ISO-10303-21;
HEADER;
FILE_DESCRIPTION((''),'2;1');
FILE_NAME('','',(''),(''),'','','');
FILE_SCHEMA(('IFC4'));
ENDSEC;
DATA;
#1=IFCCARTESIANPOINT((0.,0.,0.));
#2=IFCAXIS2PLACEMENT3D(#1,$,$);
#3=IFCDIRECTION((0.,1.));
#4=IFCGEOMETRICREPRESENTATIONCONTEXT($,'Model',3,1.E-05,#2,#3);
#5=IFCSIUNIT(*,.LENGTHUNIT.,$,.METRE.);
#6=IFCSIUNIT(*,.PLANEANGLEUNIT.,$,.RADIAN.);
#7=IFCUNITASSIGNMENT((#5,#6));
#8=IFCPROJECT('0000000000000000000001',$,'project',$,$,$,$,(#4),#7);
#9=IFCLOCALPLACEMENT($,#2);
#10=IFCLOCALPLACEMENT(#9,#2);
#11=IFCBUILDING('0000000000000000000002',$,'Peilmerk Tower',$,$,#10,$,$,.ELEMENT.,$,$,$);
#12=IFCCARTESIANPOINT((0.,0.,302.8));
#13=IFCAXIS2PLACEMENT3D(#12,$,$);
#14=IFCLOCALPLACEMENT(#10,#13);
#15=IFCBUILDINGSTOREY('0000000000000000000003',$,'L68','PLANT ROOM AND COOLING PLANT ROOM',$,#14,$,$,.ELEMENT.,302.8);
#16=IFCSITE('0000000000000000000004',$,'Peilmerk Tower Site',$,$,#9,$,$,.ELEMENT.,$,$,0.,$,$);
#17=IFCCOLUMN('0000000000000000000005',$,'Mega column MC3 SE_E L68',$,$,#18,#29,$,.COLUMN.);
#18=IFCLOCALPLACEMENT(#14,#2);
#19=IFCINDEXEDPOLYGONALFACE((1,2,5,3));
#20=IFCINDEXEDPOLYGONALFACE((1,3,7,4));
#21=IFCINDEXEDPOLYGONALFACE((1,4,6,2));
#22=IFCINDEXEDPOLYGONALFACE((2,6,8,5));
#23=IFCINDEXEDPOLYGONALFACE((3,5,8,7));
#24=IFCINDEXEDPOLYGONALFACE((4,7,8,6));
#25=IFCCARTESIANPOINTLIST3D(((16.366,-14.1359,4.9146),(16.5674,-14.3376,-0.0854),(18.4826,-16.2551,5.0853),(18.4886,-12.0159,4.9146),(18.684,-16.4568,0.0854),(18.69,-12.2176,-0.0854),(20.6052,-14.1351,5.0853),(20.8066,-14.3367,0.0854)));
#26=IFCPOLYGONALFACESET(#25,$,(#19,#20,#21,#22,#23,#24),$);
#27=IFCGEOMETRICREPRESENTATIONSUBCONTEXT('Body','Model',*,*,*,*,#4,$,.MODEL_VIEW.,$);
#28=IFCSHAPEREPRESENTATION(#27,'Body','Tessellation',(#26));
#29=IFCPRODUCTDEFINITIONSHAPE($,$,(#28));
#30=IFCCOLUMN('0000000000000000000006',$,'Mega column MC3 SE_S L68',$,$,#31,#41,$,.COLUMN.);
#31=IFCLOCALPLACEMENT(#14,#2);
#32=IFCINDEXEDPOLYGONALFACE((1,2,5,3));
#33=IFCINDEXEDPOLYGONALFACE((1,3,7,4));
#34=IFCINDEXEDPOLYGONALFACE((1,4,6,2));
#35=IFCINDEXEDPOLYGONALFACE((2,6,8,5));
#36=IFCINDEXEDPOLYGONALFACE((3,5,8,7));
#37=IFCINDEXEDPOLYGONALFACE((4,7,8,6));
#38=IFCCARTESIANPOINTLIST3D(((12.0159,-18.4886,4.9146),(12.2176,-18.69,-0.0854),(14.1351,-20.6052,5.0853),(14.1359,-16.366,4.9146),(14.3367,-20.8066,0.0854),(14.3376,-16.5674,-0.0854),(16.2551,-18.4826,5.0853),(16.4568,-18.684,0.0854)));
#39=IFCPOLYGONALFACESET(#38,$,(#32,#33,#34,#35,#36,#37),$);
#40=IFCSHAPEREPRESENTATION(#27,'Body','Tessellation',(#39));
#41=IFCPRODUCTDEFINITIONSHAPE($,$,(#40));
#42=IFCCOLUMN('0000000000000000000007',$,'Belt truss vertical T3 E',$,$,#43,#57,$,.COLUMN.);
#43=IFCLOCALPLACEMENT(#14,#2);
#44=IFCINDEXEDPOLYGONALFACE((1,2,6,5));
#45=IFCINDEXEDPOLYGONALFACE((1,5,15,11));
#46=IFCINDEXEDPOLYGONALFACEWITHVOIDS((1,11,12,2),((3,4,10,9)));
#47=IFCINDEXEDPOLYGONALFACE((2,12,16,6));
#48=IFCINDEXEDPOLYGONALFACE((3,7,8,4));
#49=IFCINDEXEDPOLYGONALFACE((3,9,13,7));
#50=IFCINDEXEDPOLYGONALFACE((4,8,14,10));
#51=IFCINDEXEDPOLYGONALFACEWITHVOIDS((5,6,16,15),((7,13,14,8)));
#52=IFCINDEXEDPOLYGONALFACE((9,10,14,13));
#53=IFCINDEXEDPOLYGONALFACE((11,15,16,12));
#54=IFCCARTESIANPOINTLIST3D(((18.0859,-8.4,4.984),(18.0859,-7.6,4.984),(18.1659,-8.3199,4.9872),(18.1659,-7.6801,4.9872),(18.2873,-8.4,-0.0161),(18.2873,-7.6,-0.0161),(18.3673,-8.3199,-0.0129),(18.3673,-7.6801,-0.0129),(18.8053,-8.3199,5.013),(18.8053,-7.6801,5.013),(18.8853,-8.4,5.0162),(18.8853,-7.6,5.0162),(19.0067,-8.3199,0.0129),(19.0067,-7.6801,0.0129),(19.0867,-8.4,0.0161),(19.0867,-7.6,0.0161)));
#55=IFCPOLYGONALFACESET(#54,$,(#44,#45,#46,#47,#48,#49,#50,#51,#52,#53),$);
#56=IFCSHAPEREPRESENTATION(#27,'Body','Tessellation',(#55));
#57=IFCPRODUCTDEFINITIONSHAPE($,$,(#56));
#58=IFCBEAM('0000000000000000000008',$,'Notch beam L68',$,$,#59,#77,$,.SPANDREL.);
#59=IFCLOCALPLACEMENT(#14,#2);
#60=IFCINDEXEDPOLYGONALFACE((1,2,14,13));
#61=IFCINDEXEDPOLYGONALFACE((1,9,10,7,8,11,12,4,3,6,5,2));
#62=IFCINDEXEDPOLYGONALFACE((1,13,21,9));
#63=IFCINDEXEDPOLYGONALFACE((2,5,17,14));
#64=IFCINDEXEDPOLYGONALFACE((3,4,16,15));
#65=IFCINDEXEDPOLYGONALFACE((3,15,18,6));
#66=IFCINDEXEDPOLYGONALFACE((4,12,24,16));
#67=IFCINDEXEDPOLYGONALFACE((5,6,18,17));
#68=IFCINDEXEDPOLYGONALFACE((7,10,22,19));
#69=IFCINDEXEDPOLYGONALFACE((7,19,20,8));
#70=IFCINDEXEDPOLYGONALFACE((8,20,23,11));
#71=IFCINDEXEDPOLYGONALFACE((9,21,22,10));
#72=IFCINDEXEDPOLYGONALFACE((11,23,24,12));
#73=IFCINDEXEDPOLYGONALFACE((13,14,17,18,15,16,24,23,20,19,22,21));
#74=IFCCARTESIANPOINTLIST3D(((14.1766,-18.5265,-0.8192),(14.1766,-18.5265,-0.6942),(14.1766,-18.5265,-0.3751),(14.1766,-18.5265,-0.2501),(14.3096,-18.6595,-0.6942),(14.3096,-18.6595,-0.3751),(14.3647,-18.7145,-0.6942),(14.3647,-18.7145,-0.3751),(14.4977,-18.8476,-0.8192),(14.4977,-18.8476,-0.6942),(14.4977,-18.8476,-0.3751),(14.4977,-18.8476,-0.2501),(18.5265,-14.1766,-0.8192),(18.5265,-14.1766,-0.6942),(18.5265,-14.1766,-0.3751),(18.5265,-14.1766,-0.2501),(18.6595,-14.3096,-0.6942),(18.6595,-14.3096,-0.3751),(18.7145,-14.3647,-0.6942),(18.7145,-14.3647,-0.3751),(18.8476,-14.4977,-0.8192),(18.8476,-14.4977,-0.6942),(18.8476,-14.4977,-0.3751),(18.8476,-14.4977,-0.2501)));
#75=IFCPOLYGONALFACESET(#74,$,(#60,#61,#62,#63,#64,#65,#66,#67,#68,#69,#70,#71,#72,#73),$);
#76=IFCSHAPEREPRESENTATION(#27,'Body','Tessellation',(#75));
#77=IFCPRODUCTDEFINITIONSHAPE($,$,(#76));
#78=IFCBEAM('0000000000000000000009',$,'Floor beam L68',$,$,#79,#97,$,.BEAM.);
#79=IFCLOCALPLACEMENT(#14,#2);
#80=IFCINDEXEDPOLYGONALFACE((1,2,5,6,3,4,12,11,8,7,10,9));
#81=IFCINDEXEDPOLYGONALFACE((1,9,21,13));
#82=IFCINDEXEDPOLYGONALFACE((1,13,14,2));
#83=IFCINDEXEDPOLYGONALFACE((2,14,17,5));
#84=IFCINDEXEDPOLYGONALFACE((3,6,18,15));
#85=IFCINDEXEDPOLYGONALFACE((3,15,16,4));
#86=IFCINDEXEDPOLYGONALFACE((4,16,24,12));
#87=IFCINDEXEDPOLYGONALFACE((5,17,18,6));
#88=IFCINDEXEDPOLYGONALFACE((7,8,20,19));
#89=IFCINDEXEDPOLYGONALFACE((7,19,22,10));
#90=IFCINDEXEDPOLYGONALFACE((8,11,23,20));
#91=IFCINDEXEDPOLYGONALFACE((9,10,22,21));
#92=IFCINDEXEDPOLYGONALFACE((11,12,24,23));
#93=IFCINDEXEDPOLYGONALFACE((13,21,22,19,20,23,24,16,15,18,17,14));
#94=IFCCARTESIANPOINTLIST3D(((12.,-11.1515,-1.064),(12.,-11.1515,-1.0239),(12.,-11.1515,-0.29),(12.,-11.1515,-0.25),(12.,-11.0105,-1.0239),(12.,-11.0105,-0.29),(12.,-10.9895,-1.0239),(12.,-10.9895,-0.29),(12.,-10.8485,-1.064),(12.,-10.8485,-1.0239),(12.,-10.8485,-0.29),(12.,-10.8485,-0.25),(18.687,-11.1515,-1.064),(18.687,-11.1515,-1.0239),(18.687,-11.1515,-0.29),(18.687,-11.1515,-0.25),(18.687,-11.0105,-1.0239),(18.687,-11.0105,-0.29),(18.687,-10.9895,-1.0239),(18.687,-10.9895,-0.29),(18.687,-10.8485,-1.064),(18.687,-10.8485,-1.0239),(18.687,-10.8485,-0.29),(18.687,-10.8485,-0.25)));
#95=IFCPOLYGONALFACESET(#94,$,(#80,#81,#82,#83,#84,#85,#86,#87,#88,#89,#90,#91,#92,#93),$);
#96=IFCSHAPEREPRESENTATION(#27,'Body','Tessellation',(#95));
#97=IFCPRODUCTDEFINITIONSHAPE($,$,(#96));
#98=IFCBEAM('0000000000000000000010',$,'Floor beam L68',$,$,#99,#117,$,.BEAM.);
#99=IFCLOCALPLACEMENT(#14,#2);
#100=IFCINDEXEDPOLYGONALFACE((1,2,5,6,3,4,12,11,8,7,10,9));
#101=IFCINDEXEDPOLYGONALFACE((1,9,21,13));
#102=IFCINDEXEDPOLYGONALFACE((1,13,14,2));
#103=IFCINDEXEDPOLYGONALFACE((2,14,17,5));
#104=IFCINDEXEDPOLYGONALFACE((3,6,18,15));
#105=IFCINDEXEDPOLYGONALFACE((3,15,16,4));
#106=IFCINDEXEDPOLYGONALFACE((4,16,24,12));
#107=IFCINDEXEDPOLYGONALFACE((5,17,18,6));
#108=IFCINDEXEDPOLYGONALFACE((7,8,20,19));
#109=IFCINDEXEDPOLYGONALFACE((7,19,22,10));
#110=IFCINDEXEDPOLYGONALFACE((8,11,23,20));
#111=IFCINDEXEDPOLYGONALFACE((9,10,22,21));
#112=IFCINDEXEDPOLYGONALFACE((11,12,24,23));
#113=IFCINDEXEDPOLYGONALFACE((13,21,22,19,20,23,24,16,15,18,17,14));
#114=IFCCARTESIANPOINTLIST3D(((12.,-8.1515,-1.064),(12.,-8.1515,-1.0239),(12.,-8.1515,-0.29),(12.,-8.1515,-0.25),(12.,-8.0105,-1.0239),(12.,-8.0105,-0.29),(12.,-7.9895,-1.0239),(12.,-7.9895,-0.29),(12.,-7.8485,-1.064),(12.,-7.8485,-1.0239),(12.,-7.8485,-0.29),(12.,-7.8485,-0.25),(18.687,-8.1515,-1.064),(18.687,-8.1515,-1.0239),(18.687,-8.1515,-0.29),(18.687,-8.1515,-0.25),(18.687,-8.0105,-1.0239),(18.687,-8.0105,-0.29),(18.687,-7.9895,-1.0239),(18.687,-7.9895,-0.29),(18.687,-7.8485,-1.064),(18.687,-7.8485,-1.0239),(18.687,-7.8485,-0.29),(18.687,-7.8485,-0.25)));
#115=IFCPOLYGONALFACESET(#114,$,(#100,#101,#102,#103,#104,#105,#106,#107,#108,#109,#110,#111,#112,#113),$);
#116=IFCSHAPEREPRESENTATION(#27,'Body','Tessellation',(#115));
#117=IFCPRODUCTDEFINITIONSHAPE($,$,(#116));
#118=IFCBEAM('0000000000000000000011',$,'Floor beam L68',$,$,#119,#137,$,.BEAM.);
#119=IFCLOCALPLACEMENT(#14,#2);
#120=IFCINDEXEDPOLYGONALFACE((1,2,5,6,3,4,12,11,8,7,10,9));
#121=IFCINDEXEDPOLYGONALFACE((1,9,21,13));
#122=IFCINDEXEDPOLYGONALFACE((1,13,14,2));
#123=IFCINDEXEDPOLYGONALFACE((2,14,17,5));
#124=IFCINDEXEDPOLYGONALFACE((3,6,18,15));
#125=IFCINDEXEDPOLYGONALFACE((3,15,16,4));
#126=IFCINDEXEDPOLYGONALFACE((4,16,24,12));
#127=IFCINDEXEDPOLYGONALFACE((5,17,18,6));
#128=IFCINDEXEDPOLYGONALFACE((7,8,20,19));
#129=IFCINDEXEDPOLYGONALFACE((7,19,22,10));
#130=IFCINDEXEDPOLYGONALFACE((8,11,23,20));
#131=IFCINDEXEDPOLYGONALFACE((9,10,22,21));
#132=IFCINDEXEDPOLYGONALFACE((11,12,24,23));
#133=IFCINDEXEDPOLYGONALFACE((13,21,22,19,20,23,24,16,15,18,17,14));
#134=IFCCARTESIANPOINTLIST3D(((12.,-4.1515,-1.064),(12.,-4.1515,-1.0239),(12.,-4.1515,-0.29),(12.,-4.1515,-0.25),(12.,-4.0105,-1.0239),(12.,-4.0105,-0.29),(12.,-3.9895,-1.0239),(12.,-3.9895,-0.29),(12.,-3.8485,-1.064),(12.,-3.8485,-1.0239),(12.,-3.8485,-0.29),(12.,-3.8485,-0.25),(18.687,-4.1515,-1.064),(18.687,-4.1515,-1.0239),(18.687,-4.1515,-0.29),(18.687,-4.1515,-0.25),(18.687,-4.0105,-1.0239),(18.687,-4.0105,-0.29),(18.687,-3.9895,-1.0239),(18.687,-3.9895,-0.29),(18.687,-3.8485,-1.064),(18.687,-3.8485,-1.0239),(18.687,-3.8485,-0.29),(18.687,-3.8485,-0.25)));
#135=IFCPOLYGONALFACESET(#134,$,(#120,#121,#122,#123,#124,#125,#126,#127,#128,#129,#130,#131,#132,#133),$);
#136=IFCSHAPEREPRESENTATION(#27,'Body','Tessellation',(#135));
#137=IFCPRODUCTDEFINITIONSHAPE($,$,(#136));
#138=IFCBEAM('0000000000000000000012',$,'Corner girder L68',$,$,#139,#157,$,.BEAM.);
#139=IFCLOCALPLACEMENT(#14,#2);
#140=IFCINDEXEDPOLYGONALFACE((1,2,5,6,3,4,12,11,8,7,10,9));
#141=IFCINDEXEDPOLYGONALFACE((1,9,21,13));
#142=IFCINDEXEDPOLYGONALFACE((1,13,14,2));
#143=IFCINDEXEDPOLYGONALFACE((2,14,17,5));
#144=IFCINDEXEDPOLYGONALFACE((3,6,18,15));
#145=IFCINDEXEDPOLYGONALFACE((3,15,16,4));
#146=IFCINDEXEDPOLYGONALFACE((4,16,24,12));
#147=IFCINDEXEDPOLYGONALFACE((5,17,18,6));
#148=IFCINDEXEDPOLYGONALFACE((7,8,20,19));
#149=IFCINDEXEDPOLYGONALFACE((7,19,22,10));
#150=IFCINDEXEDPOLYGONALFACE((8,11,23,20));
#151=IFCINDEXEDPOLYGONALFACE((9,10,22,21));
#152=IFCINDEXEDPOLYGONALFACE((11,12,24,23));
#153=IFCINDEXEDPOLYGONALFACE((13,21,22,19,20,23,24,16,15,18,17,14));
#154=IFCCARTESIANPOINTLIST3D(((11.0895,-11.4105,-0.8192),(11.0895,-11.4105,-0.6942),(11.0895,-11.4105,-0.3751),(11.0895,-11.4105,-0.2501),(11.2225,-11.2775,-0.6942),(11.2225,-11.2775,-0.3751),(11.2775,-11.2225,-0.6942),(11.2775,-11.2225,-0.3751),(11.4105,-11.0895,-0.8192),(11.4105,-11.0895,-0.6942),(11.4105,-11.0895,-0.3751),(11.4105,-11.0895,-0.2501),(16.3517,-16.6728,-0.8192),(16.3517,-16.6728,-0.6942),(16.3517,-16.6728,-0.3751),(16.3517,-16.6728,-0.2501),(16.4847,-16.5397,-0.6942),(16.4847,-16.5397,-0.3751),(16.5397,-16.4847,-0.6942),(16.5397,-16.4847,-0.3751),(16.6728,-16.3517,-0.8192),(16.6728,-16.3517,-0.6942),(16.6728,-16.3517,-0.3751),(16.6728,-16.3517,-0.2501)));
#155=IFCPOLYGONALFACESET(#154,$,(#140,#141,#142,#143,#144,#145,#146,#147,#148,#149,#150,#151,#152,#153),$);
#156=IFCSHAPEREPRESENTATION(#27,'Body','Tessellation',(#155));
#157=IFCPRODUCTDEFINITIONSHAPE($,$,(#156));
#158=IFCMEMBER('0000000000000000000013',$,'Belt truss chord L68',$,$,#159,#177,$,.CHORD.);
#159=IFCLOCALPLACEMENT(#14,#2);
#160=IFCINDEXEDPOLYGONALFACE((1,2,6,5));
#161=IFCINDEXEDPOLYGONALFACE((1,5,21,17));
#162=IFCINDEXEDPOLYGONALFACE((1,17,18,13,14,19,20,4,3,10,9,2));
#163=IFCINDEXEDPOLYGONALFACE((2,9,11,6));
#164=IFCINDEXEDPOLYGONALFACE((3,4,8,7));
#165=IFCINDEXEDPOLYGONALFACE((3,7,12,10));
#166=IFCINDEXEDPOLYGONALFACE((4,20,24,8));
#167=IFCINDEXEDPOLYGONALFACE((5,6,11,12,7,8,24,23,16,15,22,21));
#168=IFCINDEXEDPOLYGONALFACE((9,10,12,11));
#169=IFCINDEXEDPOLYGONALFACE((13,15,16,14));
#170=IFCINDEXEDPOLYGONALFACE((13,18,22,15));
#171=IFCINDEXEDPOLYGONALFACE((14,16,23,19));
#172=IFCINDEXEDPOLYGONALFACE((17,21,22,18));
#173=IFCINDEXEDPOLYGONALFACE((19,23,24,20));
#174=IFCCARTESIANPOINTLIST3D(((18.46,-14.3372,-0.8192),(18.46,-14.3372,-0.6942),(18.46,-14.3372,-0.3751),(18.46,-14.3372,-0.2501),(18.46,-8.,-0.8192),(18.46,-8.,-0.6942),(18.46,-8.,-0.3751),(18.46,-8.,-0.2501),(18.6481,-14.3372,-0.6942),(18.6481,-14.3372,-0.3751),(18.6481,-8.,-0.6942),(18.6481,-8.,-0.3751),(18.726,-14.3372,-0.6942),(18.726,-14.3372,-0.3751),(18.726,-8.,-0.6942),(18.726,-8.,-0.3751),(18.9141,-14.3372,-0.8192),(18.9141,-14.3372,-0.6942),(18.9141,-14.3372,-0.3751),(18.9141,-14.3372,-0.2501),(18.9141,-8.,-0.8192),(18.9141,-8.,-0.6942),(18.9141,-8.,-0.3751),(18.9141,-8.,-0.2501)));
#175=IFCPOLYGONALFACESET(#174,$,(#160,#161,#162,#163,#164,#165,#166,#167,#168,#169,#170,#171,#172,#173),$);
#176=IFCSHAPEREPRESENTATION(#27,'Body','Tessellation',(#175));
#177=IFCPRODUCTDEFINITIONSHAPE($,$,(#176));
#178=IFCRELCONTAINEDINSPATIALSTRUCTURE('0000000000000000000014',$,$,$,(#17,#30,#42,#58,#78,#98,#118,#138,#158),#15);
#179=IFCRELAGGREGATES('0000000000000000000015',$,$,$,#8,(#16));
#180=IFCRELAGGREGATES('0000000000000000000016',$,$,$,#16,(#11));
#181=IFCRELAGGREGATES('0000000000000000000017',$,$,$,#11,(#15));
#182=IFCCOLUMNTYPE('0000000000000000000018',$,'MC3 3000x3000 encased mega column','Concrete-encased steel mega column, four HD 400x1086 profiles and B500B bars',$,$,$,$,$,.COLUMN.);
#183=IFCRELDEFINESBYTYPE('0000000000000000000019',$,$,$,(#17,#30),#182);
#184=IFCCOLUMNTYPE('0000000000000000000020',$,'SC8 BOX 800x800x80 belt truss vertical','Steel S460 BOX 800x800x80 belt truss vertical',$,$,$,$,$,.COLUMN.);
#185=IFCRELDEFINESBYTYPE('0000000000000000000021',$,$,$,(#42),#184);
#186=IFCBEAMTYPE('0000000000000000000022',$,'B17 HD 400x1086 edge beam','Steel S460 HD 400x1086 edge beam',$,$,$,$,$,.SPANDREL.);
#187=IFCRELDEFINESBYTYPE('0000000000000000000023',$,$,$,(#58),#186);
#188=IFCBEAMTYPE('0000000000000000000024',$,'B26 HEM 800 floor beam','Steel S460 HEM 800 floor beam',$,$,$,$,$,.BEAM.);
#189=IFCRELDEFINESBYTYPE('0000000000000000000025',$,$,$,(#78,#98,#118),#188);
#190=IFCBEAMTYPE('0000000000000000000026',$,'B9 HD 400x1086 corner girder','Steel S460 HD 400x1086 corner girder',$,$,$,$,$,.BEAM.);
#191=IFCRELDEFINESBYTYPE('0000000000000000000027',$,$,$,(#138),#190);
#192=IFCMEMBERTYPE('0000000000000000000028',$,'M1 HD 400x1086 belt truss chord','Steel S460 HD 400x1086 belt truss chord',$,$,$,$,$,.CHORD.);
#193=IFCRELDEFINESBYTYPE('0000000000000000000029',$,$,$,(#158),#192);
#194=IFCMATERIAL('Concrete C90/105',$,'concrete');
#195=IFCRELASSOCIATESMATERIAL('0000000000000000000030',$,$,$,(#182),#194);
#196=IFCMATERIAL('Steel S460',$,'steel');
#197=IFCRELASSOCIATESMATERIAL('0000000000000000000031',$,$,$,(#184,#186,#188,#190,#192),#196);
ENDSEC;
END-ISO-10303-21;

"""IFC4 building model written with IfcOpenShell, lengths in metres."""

from ifc_helpers import new_model, si_unit, direction, frame, origin, origin_2d, place, context, subcontext, project, spatial, rectangle, hollow_rectangle, i_section, extrude, material, material_profile, profile_set, type_object, element, save


model = new_model("IFC4")

# Units and contexts
model_context = context("Model", 3, precision=1e-05, world=origin(), true_north=direction((0.0, 1.0)))
body_context = subcontext(model_context, "Body", "Model", "MODEL_VIEW")
ifc_project = project(units=[si_unit("LENGTHUNIT", "METRE"), si_unit("PLANEANGLEUNIT", "RADIAN")], contexts=[model_context])

# Site, building, storey
site_placement = place(None, origin())
site = spatial("IfcSite", under=ifc_project, at=site_placement, Name="Peilmerk Tower Site", CompositionType="ELEMENT", RefElevation=0.0)
building_placement = place(site_placement, origin())
building = spatial("IfcBuilding", under=site, at=building_placement, Name="Peilmerk Tower", CompositionType="ELEMENT")
storey_placement = place(building_placement, frame((0.0, 0.0, 302.8)))
storey = spatial("IfcBuildingStorey", under=building, at=storey_placement, Name="L68", Description="PLANT ROOM AND COOLING PLANT ROOM", CompositionType="ELEMENT", Elevation=302.8)

# Columns
ifc_material_1 = material(Name="Concrete C90/105", Category="concrete")
ifc_material_profile_1 = material_profile(ifc_material_1, rectangle(XDim=3.0, YDim=3.0, at=origin_2d()), Name="RC 3000x3000")
ifc_profile_set_1 = profile_set([ifc_material_profile_1], Name="Concrete C90/105")
column_type_1 = type_object("IfcColumnType", Name="MC3 3000x3000 encased mega column", Description="Concrete-encased steel mega column, four HD 400x1086 profiles and B500B bars", PredefinedType="COLUMN", material=ifc_profile_set_1)
for number, where, z_axis, x_axis, name in (
    (1, (18.687, -14.3372, 0.0), (-0.040218, 0.040267, 0.998379), (-0.707535, -0.706678, 0.0), "Mega column MC3 SE_E L68"),
    (2, (14.3372, -18.687, 0.0), (-0.040267, 0.040218, 0.998379), (-0.706678, -0.707535, 0.0), "Mega column MC3 SE_S L68"),
):
    element("IfcColumn", number, at=place(storey_placement, frame(where, z_axis=z_axis, x_axis=x_axis)), inside=storey, type_object=column_type_1, Name=name, PredefinedType="COLUMN", context=body_context, shape_type="SweptSolid", body=[
        extrude(rectangle(XDim=3.0, YDim=3.0, at=origin_2d()), origin(), (0.0, 0.0, 1.0), 5.0081),
    ])
ifc_material_2 = material(Name="Steel S460", Category="steel")
ifc_material_profile_2 = material_profile(ifc_material_2, hollow_rectangle(XDim=0.8, YDim=0.8, WallThickness=0.0801, at=origin_2d()), Name="BOX 800x800x80")
ifc_profile_set_2 = profile_set([ifc_material_profile_2], Name="Steel S460")
column_type_2 = type_object("IfcColumnType", Name="SC8 BOX 800x800x80 belt truss vertical", Description="Steel S460 BOX 800x800x80 belt truss vertical", PredefinedType="COLUMN", material=ifc_profile_set_2)
column_placement = place(storey_placement, frame((18.687, -8.0, 0.0), z_axis=(-0.040251, 0.0, 0.99919), x_axis=(0.0, -1.0, 0.0)))
element("IfcColumn", 3, at=column_placement, inside=storey, type_object=column_type_2, Name="Belt truss vertical T3 E", PredefinedType="COLUMN", context=body_context, shape_type="SweptSolid", body=[
    extrude(hollow_rectangle(XDim=0.8, YDim=0.8, WallThickness=0.0801, at=origin_2d()), origin(), (0.0, 0.0, 1.0), 5.0042),
])

# Beams
ifc_material_profile_3 = material_profile(ifc_material_2, i_section(OverallWidth=0.4541, OverallDepth=0.5691, WebThickness=0.0779, FlangeThickness=0.125, at=origin_2d()), Name="HD 400x1086")
ifc_profile_set_3 = profile_set([ifc_material_profile_3], Name="Steel S460")
beam_type_1 = type_object("IfcBeamType", Name="B17 HD 400x1086 edge beam", Description="Steel S460 HD 400x1086 edge beam", PredefinedType="SPANDREL", material=ifc_profile_set_3)
beam_1_placement = place(storey_placement, frame((18.687, -14.3372, -0.5347), z_axis=(-0.707107, -0.707107, 0.0), x_axis=(0.707107, -0.707107, 0.0)))
element("IfcBeam", 4, at=beam_1_placement, inside=storey, type_object=beam_type_1, Name="Notch beam L68", PredefinedType="SPANDREL", context=body_context, shape_type="SweptSolid", body=[
    extrude(i_section(OverallWidth=0.4541, OverallDepth=0.5691, WebThickness=0.0779, FlangeThickness=0.125, at=origin_2d()), origin(), (0.0, 0.0, 1.0), 6.1516),
])
ifc_material_profile_4 = material_profile(ifc_material_2, i_section(OverallWidth=0.303, OverallDepth=0.814, WebThickness=0.021, FlangeThickness=0.04, at=origin_2d()), Name="HEM 800")
ifc_profile_set_4 = profile_set([ifc_material_profile_4], Name="Steel S460")
beam_type_2 = type_object("IfcBeamType", Name="B26 HEM 800 floor beam", Description="Steel S460 HEM 800 floor beam", PredefinedType="BEAM", material=ifc_profile_set_4)
for number, where, z_axis, x_axis, name in (
    (5, (12.0, -11.0, -0.657), (1.0, 0.0, 0.0), (0.0, 1.0, 0.0), "Floor beam L68"),
    (6, (12.0, -8.0, -0.657), (1.0, 0.0, 0.0), (0.0, 1.0, 0.0), "Floor beam L68"),
    (7, (12.0, -4.0, -0.657), (1.0, 0.0, 0.0), (0.0, 1.0, 0.0), "Floor beam L68"),
):
    element("IfcBeam", number, at=place(storey_placement, frame(where, z_axis=z_axis, x_axis=x_axis)), inside=storey, type_object=beam_type_2, Name=name, PredefinedType="BEAM", context=body_context, shape_type="SweptSolid", body=[
        extrude(i_section(OverallWidth=0.303, OverallDepth=0.814, WebThickness=0.021, FlangeThickness=0.04, at=origin_2d()), origin(), (0.0, 0.0, 1.0), 6.687),
    ])
ifc_material_profile_5 = material_profile(ifc_material_2, i_section(OverallWidth=0.4541, OverallDepth=0.5691, WebThickness=0.0779, FlangeThickness=0.125, at=origin_2d()), Name="HD 400x1086")
ifc_profile_set_5 = profile_set([ifc_material_profile_5], Name="Steel S460")
beam_type_3 = type_object("IfcBeamType", Name="B9 HD 400x1086 corner girder", Description="Steel S460 HD 400x1086 corner girder", PredefinedType="BEAM", material=ifc_profile_set_5)
beam_2_placement = place(storey_placement, frame((11.25, -11.25, -0.5347), z_axis=(0.707107, -0.707107, 0.0), x_axis=(0.707107, 0.707107, 0.0)))
element("IfcBeam", 8, at=beam_2_placement, inside=storey, type_object=beam_type_3, Name="Corner girder L68", PredefinedType="BEAM", context=body_context, shape_type="SweptSolid", body=[
    extrude(i_section(OverallWidth=0.4541, OverallDepth=0.5691, WebThickness=0.0779, FlangeThickness=0.125, at=origin_2d()), origin(), (0.0, 0.0, 1.0), 7.4419),
])

# Member
ifc_material_profile_6 = material_profile(ifc_material_2, i_section(OverallWidth=0.4541, OverallDepth=0.5691, WebThickness=0.0779, FlangeThickness=0.125, at=origin_2d()), Name="HD 400x1086")
ifc_profile_set_6 = profile_set([ifc_material_profile_6], Name="Steel S460")
member_type_1 = type_object("IfcMemberType", Name="M1 HD 400x1086 belt truss chord", Description="Steel S460 HD 400x1086 belt truss chord", PredefinedType="CHORD", material=ifc_profile_set_6)
member_1_placement = place(storey_placement, frame((18.687, -14.3372, -0.5347), z_axis=(0.0, 1.0, 0.0), x_axis=(-1.0, 0.0, 0.0)))
element("IfcMember", 9, at=member_1_placement, inside=storey, type_object=member_type_1, Name="Belt truss chord L68", PredefinedType="CHORD", context=body_context, shape_type="SweptSolid", body=[
    extrude(i_section(OverallWidth=0.4541, OverallDepth=0.5691, WebThickness=0.0779, FlangeThickness=0.125, at=origin_2d()), origin(), (0.0, 0.0, 1.0), 6.3372),
])

save(model, "model.ifc")
